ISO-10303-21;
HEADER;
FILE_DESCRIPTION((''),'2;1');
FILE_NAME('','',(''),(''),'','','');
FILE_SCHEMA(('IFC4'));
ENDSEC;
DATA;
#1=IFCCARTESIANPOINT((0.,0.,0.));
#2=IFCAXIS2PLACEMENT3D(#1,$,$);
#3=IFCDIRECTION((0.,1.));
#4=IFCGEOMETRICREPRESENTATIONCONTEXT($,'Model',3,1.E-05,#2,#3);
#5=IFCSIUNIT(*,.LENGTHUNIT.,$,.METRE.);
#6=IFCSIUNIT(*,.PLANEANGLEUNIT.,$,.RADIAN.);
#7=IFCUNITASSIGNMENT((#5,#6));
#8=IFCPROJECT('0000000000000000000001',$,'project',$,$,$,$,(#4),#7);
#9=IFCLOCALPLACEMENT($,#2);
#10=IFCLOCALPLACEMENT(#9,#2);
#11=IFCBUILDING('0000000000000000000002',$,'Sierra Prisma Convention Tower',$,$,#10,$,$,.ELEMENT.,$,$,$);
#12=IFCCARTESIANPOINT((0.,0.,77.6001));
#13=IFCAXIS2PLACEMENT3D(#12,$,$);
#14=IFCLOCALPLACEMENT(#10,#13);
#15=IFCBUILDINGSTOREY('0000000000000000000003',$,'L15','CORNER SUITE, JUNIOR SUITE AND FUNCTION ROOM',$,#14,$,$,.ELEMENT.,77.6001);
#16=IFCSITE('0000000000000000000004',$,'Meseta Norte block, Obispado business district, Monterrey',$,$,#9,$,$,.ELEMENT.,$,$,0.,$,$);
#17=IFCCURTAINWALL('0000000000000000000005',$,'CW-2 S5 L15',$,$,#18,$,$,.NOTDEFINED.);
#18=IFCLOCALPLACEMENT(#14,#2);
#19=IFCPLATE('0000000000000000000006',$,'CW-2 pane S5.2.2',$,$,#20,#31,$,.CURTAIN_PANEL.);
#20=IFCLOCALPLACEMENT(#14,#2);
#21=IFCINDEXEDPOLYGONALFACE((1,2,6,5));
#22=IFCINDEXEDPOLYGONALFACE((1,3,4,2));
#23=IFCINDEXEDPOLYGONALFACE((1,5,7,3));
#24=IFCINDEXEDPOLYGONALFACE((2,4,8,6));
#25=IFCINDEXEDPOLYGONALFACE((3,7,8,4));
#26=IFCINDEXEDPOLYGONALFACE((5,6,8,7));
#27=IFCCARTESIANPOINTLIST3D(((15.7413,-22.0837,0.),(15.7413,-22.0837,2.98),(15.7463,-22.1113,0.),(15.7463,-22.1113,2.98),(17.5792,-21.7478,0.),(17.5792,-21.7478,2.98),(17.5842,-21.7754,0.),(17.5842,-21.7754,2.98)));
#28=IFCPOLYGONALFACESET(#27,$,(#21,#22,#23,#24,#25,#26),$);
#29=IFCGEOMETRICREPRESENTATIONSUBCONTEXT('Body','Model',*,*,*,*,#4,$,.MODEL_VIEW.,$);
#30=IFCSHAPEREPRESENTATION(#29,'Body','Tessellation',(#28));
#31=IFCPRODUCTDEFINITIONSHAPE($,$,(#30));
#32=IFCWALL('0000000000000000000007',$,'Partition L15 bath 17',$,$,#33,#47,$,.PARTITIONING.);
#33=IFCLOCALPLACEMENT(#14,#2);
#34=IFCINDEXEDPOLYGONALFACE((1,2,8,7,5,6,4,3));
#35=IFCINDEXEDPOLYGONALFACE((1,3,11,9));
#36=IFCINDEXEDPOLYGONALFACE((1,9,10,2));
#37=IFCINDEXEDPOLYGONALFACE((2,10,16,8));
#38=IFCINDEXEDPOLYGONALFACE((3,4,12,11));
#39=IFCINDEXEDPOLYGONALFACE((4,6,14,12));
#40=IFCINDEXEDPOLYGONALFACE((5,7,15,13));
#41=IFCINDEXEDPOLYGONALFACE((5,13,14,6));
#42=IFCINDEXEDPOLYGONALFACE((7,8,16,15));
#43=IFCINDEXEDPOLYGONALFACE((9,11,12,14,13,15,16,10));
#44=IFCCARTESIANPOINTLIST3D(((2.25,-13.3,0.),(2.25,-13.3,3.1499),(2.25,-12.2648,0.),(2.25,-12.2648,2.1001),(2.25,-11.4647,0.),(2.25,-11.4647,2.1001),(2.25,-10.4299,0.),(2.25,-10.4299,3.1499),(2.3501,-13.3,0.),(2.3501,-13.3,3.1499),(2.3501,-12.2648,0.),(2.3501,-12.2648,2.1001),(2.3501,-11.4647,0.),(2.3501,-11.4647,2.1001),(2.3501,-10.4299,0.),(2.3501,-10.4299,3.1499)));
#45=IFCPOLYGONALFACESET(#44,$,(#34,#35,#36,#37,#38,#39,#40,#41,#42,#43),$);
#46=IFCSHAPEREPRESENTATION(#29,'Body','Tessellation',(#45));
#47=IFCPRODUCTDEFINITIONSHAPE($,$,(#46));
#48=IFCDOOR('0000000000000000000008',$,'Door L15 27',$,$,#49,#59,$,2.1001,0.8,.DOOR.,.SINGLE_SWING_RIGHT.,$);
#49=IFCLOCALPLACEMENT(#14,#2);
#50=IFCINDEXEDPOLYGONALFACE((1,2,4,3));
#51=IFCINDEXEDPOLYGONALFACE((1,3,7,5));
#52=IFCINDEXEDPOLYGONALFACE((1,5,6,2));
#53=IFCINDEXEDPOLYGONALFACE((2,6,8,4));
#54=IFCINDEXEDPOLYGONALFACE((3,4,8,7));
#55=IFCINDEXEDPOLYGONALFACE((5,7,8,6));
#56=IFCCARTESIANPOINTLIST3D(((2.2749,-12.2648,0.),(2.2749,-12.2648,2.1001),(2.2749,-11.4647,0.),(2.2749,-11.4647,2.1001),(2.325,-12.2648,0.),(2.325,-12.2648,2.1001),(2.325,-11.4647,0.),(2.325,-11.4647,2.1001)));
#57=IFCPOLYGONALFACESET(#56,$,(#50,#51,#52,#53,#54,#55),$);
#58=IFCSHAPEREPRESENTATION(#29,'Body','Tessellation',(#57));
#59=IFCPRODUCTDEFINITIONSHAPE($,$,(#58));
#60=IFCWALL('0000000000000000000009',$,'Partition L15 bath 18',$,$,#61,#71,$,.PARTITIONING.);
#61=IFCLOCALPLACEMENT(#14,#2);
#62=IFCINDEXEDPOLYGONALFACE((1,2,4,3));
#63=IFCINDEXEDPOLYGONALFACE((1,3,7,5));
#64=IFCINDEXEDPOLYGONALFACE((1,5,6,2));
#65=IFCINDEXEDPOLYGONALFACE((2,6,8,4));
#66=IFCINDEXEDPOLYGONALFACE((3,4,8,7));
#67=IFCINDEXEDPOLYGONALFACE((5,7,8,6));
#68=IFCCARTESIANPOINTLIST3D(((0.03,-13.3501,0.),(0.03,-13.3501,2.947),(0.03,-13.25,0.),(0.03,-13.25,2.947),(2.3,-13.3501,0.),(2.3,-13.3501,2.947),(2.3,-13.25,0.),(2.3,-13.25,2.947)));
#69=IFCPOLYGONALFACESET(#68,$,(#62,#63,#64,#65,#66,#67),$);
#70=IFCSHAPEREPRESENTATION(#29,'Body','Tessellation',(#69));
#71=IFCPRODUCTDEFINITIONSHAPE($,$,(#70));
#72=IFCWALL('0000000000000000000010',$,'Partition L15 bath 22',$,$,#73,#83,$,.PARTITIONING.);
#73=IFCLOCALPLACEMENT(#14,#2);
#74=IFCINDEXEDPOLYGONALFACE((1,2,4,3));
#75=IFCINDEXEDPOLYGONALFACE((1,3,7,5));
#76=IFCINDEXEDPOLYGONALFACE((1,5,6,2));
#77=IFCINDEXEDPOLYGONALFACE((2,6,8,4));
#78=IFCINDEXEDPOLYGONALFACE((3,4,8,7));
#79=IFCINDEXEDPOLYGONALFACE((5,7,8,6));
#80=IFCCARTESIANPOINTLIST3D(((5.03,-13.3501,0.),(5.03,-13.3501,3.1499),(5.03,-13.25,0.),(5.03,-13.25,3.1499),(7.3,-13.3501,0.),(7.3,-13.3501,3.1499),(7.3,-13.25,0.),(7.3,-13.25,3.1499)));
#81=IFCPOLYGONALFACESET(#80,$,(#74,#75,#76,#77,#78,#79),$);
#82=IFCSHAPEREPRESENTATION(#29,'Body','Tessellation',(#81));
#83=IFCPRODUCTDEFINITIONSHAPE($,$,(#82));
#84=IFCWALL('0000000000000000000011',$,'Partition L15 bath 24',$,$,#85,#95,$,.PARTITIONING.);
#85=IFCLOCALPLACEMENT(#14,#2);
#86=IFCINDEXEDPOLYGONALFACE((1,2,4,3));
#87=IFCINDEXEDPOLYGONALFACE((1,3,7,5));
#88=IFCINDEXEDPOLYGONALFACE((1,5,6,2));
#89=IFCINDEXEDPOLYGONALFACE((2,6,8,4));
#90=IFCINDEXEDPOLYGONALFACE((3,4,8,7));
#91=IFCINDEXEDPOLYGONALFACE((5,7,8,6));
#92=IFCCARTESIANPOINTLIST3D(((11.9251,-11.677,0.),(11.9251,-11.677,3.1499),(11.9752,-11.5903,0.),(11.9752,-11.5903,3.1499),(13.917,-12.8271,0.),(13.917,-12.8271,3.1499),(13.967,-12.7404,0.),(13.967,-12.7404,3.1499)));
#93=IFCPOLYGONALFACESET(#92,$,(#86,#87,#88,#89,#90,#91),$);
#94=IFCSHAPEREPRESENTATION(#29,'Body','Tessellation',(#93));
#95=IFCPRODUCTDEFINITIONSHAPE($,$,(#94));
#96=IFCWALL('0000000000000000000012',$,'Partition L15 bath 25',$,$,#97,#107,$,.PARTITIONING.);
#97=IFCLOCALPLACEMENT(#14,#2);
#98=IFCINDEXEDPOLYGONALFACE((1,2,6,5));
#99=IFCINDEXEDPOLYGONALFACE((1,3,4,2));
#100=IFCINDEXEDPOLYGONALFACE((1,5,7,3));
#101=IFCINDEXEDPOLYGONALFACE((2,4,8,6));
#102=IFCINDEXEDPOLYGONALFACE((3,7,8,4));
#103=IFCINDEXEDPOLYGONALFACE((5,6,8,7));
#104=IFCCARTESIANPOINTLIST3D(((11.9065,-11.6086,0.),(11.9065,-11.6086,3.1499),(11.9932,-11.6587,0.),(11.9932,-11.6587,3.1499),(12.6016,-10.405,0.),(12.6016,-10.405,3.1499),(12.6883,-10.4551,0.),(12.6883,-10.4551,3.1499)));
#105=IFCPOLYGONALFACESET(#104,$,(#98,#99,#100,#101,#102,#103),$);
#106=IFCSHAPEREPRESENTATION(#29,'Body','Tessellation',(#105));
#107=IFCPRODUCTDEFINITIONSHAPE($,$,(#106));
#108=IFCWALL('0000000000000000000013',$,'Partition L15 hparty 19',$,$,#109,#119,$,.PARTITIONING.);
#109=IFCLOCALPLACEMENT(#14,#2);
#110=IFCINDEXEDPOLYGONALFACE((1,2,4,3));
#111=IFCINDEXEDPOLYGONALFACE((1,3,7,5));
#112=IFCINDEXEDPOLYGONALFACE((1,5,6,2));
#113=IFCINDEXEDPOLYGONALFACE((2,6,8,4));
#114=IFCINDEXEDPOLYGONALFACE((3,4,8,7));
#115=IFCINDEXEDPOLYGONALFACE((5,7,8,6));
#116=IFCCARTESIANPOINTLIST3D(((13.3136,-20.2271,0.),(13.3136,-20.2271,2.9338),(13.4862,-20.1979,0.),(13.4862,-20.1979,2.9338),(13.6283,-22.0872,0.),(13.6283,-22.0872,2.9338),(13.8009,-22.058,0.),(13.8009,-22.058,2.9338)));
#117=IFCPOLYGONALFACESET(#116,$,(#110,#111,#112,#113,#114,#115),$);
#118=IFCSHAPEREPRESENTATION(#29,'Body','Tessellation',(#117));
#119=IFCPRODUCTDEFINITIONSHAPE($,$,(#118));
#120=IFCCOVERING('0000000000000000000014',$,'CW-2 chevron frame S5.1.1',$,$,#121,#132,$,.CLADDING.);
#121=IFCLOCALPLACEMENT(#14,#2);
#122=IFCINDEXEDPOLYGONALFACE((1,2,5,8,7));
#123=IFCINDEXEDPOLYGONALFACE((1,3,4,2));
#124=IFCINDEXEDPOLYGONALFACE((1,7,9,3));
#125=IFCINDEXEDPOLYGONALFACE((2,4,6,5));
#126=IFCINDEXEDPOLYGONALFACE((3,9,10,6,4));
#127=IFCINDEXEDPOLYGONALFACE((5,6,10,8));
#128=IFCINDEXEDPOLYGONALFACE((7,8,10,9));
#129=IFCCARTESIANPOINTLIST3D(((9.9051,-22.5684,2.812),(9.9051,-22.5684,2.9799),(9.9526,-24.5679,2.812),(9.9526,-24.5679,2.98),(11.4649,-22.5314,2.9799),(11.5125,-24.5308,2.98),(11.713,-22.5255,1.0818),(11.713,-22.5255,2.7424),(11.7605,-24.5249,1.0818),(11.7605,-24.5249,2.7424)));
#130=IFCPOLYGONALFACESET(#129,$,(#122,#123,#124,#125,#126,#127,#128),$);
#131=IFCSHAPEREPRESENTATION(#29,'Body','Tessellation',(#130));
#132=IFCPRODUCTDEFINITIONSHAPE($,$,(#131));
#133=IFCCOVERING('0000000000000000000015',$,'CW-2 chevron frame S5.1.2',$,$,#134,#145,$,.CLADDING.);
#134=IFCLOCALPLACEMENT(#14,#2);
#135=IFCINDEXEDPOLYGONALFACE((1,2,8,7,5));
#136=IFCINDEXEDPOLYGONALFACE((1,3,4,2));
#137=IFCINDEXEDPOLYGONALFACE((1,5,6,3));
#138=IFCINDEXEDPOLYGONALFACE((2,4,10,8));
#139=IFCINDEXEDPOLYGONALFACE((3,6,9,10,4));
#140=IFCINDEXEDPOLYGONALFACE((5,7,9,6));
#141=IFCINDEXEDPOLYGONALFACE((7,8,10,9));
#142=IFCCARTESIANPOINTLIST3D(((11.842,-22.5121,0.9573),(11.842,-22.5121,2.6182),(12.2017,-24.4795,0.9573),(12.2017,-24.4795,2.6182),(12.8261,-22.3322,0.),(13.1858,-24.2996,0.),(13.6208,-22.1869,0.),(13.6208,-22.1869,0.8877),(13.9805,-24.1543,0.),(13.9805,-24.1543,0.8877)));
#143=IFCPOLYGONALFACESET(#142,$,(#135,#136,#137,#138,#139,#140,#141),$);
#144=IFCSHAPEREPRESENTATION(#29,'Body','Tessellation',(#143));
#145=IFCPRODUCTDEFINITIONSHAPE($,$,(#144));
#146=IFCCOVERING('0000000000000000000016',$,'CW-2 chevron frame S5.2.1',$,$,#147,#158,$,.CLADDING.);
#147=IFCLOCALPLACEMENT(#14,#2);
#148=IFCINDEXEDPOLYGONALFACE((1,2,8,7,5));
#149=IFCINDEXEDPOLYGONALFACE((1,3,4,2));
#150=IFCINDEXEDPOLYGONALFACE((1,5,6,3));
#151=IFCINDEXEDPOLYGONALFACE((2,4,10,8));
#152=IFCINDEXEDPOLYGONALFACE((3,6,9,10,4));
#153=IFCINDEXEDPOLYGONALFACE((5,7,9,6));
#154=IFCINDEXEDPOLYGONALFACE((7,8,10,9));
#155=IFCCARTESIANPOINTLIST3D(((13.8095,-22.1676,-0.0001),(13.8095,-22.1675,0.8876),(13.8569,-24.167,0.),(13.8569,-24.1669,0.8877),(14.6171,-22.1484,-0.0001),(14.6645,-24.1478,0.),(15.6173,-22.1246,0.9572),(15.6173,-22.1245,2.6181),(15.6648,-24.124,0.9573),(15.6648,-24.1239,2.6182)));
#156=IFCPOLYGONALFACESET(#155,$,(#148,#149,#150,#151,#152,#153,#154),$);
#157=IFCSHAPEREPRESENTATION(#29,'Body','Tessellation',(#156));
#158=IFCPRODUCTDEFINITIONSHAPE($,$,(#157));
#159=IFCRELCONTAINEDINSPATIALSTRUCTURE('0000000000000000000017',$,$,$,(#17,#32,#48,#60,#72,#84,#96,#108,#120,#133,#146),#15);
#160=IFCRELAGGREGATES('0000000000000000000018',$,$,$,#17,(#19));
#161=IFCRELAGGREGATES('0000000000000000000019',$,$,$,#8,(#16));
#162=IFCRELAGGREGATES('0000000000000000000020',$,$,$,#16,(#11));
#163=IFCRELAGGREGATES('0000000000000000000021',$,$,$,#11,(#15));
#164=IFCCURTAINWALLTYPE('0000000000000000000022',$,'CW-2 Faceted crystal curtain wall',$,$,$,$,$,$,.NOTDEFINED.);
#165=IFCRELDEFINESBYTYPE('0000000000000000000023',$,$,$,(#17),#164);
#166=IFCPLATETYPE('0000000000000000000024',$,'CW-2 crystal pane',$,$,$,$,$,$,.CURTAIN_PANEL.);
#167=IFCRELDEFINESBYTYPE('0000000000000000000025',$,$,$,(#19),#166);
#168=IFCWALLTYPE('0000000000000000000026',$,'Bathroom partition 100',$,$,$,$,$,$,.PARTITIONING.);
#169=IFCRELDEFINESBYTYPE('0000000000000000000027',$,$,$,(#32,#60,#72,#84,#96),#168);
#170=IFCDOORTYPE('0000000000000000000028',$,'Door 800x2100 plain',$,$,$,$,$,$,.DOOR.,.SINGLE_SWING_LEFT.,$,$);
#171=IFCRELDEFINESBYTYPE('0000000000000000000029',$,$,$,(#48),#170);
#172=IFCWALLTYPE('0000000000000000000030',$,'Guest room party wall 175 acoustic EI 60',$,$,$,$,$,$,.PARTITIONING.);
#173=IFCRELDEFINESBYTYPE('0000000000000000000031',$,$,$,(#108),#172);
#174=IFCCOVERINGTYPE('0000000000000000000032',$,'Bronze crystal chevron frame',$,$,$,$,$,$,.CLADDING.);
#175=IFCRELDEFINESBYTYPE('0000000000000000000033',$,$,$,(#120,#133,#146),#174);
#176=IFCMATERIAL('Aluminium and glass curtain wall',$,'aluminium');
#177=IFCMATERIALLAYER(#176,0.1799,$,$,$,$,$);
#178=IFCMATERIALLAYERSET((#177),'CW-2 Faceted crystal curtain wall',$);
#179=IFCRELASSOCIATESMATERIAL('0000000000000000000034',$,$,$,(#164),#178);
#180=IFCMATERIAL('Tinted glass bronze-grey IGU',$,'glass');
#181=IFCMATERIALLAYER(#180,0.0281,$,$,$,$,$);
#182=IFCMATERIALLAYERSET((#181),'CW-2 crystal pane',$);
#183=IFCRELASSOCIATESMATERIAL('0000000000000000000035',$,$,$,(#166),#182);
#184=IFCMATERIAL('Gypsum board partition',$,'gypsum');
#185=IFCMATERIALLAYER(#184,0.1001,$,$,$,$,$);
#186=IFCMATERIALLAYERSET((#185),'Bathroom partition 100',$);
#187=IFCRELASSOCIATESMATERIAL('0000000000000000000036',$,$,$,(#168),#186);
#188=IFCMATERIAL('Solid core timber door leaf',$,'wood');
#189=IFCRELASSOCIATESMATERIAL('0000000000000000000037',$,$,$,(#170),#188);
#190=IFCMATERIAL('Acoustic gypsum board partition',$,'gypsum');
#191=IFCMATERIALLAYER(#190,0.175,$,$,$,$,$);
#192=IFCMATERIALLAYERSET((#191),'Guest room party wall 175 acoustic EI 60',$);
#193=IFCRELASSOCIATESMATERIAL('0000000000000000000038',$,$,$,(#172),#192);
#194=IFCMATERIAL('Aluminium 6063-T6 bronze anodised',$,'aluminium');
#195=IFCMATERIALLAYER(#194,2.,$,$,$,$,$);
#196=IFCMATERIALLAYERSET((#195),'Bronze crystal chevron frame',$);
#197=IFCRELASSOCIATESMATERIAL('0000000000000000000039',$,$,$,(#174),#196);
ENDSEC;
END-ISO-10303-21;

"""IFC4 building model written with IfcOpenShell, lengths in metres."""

from ifc_helpers import new_model, si_unit, direction, frame, frame_2d, origin, place, context, subcontext, project, spatial, polyline, rectangle, outline, extrude, material, layer, layer_set, type_object, element, fill, aggregate, save


model = new_model("IFC4")

# Units and contexts
model_context = context("Model", 3, precision=1e-05, world=origin(), true_north=direction((0.0, 1.0)))
body_context = subcontext(model_context, "Body", "Model", "MODEL_VIEW")
ifc_project = project(units=[si_unit("LENGTHUNIT", "METRE"), si_unit("PLANEANGLEUNIT", "RADIAN")], contexts=[model_context])

# Site, building, storey
site_placement = place(None, origin())
site = spatial("IfcSite", under=ifc_project, at=site_placement, Name="Meseta Norte block, Obispado business district, Monterrey", CompositionType="ELEMENT", RefElevation=0.0)
building_placement = place(site_placement, origin())
building = spatial("IfcBuilding", under=site, at=building_placement, Name="Sierra Prisma Convention Tower", CompositionType="ELEMENT")
storey_placement = place(building_placement, frame((0.0, 0.0, 77.6001)))
storey = spatial("IfcBuildingStorey", under=building, at=storey_placement, Name="L15", Description="CORNER SUITE, JUNIOR SUITE AND FUNCTION ROOM", CompositionType="ELEMENT", Elevation=77.6001)

# Curtain wall
ifc_material_1 = material(Name="Aluminium and glass curtain wall", Category="aluminium")
ifc_layer_1 = layer(ifc_material_1, 0.1799)
ifc_layer_set_1 = layer_set([ifc_layer_1], Name="CW-2 Faceted crystal curtain wall")
curtain_wall_type_1 = type_object("IfcCurtainWallType", Name="CW-2 Faceted crystal curtain wall", PredefinedType="NOTDEFINED", material=ifc_layer_set_1)
curtain_wall_1_placement = place(storey_placement, origin())
curtain_wall_1 = element("IfcCurtainWall", 1, at=curtain_wall_1_placement, inside=storey, type_object=curtain_wall_type_1, Name="CW-2 S5 L15", PredefinedType="NOTDEFINED")

# Plate
ifc_material_2 = material(Name="Tinted glass bronze-grey IGU", Category="glass")
ifc_layer_2 = layer(ifc_material_2, 0.0281)
ifc_layer_set_2 = layer_set([ifc_layer_2], Name="CW-2 crystal pane")
plate_type_1 = type_object("IfcPlateType", Name="CW-2 crystal pane", PredefinedType="CURTAIN_PANEL", material=ifc_layer_set_2)
plate_1_placement = place(storey_placement, frame((17.5842, -21.7754, 0.0), z_axis=(0.179805, -0.983702, 0.0), x_axis=(-0.983702, -0.179805, 0.0)))
plate_1 = element("IfcPlate", 2, at=plate_1_placement, type_object=plate_type_1, Name="CW-2 pane S5.2.2", PredefinedType="CURTAIN_PANEL", context=body_context, shape_type="SweptSolid", body=[
    extrude(outline(polyline([(0.0, 0.0), (1.8683, 0.0), (1.8683, -2.98), (0.0, -2.98), (0.0, 0.0)])), origin(), (0.0, 0.0, -1.0), 0.0281),
])
aggregate(curtain_wall_1, [plate_1])

# Wall, opening, door
ifc_material_3 = material(Name="Gypsum board partition", Category="gypsum")
ifc_layer_3 = layer(ifc_material_3, 0.1001)
ifc_layer_set_3 = layer_set([ifc_layer_3], Name="Bathroom partition 100")
wall_type_1 = type_object("IfcWallType", Name="Bathroom partition 100", PredefinedType="PARTITIONING", material=ifc_layer_set_3)
wall_1_placement = place(storey_placement, frame((2.3, -10.4299, 0.0), z_axis=(0.0, 0.0, 1.0), x_axis=(0.0, -1.0, 0.0)))
wall_1 = element("IfcWall", 3, at=wall_1_placement, inside=storey, type_object=wall_type_1, Name="Partition L15 bath 17", PredefinedType="PARTITIONING", context=body_context, shape_type="SweptSolid", body=[
    extrude(rectangle(XDim=2.8701, YDim=0.1001, at=frame_2d((1.4351, 0.0))), origin(), (0.0, 0.0, 1.0), 3.1499),
])
opening_placement = place(wall_1_placement, frame((1.0349, 0.0, 0.0)))
opening = element("IfcOpeningElement", 4, at=opening_placement, cuts=wall_1, PredefinedType="OPENING", context=body_context, shape_type="SweptSolid", body=[
    extrude(rectangle(XDim=0.8, YDim=2.1001, at=frame_2d((0.3999, 1.05))), frame((0.0, 0.05, 0.0), z_axis=(0.0, -1.0, 0.0), x_axis=(1.0, 0.0, 0.0)), (0.0, 0.0, 1.0), 0.1001),
])
ifc_material_4 = material(Name="Solid core timber door leaf", Category="wood")
door_type = type_object("IfcDoorType", Name="Door 800x2100 plain", OperationType="SINGLE_SWING_LEFT", PredefinedType="DOOR", material=ifc_material_4)
door_placement = place(opening_placement, origin())
door = element("IfcDoor", 5, at=door_placement, inside=storey, type_object=door_type, Name="Door L15 27", OperationType="SINGLE_SWING_RIGHT", OverallHeight=2.1001, OverallWidth=0.8, PredefinedType="DOOR", context=body_context, shape_type="SweptSolid", body=[
    extrude(rectangle(XDim=0.8, YDim=2.1001, at=frame_2d((0.3999, 1.05))), frame((0.0, 0.0249, 0.0), z_axis=(0.0, -1.0, 0.0), x_axis=(1.0, 0.0, 0.0)), (0.0, 0.0, 1.0), 0.05),
])
fill(opening, door)

# Walls
wall_2_placement = place(storey_placement, frame((2.3, -13.3, 0.0), z_axis=(0.0, 0.0, 1.0), x_axis=(-1.0, 0.0, 0.0)))
element("IfcWall", 6, at=wall_2_placement, inside=storey, type_object=wall_type_1, Name="Partition L15 bath 18", PredefinedType="PARTITIONING", context=body_context, shape_type="SweptSolid", body=[
    extrude(rectangle(XDim=2.27, YDim=0.1001, at=frame_2d((1.135, 0.0))), origin(), (0.0, 0.0, 1.0), 2.947),
])
wall_3_placement = place(storey_placement, frame((7.3, -13.3, 0.0), z_axis=(0.0, 0.0, 1.0), x_axis=(-1.0, 0.0, 0.0)))
element("IfcWall", 7, at=wall_3_placement, inside=storey, type_object=wall_type_1, Name="Partition L15 bath 22", PredefinedType="PARTITIONING", context=body_context, shape_type="SweptSolid", body=[
    extrude(rectangle(XDim=2.27, YDim=0.1001, at=frame_2d((1.135, 0.0))), origin(), (0.0, 0.0, 1.0), 3.1499),
])
wall_4_placement = place(storey_placement, frame((13.9419, -12.7837, 0.0), z_axis=(0.0, 0.0, 1.0), x_axis=(-0.866007, 0.500032, 0.0)))
element("IfcWall", 8, at=wall_4_placement, inside=storey, type_object=wall_type_1, Name="Partition L15 bath 24", PredefinedType="PARTITIONING", context=body_context, shape_type="SweptSolid", body=[
    extrude(rectangle(XDim=2.3, YDim=0.1001, at=frame_2d((1.1499, 0.0))), origin(), (0.0, 0.0, 1.0), 3.1499),
])
wall_5_placement = place(storey_placement, frame((11.95, -11.6335, 0.0), z_axis=(0.0, 0.0, 1.0), x_axis=(0.500087, 0.865975, 0.0)))
element("IfcWall", 9, at=wall_5_placement, inside=storey, type_object=wall_type_1, Name="Partition L15 bath 25", PredefinedType="PARTITIONING", context=body_context, shape_type="SweptSolid", body=[
    extrude(rectangle(XDim=1.3899, YDim=0.1001, at=frame_2d((0.6948, 0.0))), origin(), (0.0, 0.0, 1.0), 3.1499),
])
ifc_material_5 = material(Name="Acoustic gypsum board partition", Category="gypsum")
ifc_layer_4 = layer(ifc_material_5, 0.175)
ifc_layer_set_4 = layer_set([ifc_layer_4], Name="Guest room party wall 175 acoustic EI 60")
wall_type_2 = type_object("IfcWallType", Name="Guest room party wall 175 acoustic EI 60", PredefinedType="PARTITIONING", material=ifc_layer_set_4)
wall_6_placement = place(storey_placement, frame((13.3999, -20.2124, 0.0), z_axis=(0.0, 0.0, 1.0), x_axis=(0.166812, -0.985989, 0.0)))
element("IfcWall", 10, at=wall_6_placement, inside=storey, type_object=wall_type_2, Name="Partition L15 hparty 19", PredefinedType="PARTITIONING", context=body_context, shape_type="SweptSolid", body=[
    extrude(rectangle(XDim=1.8865, YDim=0.175, at=frame_2d((0.9434, 0.0))), origin(), (0.0, 0.0, 1.0), 2.9338),
])

# Coverings
ifc_material_6 = material(Name="Aluminium 6063-T6 bronze anodised", Category="aluminium")
ifc_layer_5 = layer(ifc_material_6, 2.0)
ifc_layer_set_5 = layer_set([ifc_layer_5], Name="Bronze crystal chevron frame")
covering_type = type_object("IfcCoveringType", Name="Bronze crystal chevron frame", PredefinedType="CLADDING", material=ifc_layer_set_5)
covering_1_placement = place(storey_placement, frame((9.9526, -24.5679, 2.98), z_axis=(0.023763, -0.999718, 0.000018), x_axis=(0.0, -0.000018, -1.0)))
element("IfcCovering", 11, at=covering_1_placement, inside=storey, type_object=covering_type, Name="CW-2 chevron frame S5.1.1", PredefinedType="CLADDING", context=body_context, shape_type="SweptSolid", body=[
    extrude(outline(polyline([(0.0, 0.0), (0.168, 0.0), (1.8982, 1.8084), (0.2375, 1.8084), (0.0, 1.5603), (0.0, 0.0)])), origin(), (0.0, 0.0, -1.0), 2.0),
])
covering_2_placement = place(storey_placement, frame((12.2017, -24.4795, 2.6182), z_axis=(0.179833, -0.983697, -0.000005), x_axis=(-0.000001, 0.000005, -1.0)))
element("IfcCovering", 12, at=covering_2_placement, inside=storey, type_object=covering_type, Name="CW-2 chevron frame S5.1.2", PredefinedType="CLADDING", context=body_context, shape_type="SweptSolid", body=[
    extrude(outline(polyline([(0.0, 0.0), (1.6609, 0.0), (2.6182, 1.0004), (2.6182, 1.8083), (1.7305, 1.8083), (0.0, 0.0)])), origin(), (0.0, 0.0, -1.0), 2.0),
])
covering_3_placement = place(storey_placement, frame((13.8569, -24.167, 0.0), z_axis=(0.023734, -0.999718, 0.000051), x_axis=(0.999718, 0.023734, 0.0)))
element("IfcCovering", 13, at=covering_3_placement, inside=storey, type_object=covering_type, Name="CW-2 chevron frame S5.2.1", PredefinedType="CLADDING", context=body_context, shape_type="SweptSolid", body=[
    extrude(outline(polyline([(0.0, 0.0), (0.8078, 0.0), (1.8084, 0.9573), (1.8084, 2.6182), (0.0, 0.8877), (0.0, 0.0)])), origin(), (0.0, 0.0, -1.0), 2.0),
])

save(model, "model.ifc")
